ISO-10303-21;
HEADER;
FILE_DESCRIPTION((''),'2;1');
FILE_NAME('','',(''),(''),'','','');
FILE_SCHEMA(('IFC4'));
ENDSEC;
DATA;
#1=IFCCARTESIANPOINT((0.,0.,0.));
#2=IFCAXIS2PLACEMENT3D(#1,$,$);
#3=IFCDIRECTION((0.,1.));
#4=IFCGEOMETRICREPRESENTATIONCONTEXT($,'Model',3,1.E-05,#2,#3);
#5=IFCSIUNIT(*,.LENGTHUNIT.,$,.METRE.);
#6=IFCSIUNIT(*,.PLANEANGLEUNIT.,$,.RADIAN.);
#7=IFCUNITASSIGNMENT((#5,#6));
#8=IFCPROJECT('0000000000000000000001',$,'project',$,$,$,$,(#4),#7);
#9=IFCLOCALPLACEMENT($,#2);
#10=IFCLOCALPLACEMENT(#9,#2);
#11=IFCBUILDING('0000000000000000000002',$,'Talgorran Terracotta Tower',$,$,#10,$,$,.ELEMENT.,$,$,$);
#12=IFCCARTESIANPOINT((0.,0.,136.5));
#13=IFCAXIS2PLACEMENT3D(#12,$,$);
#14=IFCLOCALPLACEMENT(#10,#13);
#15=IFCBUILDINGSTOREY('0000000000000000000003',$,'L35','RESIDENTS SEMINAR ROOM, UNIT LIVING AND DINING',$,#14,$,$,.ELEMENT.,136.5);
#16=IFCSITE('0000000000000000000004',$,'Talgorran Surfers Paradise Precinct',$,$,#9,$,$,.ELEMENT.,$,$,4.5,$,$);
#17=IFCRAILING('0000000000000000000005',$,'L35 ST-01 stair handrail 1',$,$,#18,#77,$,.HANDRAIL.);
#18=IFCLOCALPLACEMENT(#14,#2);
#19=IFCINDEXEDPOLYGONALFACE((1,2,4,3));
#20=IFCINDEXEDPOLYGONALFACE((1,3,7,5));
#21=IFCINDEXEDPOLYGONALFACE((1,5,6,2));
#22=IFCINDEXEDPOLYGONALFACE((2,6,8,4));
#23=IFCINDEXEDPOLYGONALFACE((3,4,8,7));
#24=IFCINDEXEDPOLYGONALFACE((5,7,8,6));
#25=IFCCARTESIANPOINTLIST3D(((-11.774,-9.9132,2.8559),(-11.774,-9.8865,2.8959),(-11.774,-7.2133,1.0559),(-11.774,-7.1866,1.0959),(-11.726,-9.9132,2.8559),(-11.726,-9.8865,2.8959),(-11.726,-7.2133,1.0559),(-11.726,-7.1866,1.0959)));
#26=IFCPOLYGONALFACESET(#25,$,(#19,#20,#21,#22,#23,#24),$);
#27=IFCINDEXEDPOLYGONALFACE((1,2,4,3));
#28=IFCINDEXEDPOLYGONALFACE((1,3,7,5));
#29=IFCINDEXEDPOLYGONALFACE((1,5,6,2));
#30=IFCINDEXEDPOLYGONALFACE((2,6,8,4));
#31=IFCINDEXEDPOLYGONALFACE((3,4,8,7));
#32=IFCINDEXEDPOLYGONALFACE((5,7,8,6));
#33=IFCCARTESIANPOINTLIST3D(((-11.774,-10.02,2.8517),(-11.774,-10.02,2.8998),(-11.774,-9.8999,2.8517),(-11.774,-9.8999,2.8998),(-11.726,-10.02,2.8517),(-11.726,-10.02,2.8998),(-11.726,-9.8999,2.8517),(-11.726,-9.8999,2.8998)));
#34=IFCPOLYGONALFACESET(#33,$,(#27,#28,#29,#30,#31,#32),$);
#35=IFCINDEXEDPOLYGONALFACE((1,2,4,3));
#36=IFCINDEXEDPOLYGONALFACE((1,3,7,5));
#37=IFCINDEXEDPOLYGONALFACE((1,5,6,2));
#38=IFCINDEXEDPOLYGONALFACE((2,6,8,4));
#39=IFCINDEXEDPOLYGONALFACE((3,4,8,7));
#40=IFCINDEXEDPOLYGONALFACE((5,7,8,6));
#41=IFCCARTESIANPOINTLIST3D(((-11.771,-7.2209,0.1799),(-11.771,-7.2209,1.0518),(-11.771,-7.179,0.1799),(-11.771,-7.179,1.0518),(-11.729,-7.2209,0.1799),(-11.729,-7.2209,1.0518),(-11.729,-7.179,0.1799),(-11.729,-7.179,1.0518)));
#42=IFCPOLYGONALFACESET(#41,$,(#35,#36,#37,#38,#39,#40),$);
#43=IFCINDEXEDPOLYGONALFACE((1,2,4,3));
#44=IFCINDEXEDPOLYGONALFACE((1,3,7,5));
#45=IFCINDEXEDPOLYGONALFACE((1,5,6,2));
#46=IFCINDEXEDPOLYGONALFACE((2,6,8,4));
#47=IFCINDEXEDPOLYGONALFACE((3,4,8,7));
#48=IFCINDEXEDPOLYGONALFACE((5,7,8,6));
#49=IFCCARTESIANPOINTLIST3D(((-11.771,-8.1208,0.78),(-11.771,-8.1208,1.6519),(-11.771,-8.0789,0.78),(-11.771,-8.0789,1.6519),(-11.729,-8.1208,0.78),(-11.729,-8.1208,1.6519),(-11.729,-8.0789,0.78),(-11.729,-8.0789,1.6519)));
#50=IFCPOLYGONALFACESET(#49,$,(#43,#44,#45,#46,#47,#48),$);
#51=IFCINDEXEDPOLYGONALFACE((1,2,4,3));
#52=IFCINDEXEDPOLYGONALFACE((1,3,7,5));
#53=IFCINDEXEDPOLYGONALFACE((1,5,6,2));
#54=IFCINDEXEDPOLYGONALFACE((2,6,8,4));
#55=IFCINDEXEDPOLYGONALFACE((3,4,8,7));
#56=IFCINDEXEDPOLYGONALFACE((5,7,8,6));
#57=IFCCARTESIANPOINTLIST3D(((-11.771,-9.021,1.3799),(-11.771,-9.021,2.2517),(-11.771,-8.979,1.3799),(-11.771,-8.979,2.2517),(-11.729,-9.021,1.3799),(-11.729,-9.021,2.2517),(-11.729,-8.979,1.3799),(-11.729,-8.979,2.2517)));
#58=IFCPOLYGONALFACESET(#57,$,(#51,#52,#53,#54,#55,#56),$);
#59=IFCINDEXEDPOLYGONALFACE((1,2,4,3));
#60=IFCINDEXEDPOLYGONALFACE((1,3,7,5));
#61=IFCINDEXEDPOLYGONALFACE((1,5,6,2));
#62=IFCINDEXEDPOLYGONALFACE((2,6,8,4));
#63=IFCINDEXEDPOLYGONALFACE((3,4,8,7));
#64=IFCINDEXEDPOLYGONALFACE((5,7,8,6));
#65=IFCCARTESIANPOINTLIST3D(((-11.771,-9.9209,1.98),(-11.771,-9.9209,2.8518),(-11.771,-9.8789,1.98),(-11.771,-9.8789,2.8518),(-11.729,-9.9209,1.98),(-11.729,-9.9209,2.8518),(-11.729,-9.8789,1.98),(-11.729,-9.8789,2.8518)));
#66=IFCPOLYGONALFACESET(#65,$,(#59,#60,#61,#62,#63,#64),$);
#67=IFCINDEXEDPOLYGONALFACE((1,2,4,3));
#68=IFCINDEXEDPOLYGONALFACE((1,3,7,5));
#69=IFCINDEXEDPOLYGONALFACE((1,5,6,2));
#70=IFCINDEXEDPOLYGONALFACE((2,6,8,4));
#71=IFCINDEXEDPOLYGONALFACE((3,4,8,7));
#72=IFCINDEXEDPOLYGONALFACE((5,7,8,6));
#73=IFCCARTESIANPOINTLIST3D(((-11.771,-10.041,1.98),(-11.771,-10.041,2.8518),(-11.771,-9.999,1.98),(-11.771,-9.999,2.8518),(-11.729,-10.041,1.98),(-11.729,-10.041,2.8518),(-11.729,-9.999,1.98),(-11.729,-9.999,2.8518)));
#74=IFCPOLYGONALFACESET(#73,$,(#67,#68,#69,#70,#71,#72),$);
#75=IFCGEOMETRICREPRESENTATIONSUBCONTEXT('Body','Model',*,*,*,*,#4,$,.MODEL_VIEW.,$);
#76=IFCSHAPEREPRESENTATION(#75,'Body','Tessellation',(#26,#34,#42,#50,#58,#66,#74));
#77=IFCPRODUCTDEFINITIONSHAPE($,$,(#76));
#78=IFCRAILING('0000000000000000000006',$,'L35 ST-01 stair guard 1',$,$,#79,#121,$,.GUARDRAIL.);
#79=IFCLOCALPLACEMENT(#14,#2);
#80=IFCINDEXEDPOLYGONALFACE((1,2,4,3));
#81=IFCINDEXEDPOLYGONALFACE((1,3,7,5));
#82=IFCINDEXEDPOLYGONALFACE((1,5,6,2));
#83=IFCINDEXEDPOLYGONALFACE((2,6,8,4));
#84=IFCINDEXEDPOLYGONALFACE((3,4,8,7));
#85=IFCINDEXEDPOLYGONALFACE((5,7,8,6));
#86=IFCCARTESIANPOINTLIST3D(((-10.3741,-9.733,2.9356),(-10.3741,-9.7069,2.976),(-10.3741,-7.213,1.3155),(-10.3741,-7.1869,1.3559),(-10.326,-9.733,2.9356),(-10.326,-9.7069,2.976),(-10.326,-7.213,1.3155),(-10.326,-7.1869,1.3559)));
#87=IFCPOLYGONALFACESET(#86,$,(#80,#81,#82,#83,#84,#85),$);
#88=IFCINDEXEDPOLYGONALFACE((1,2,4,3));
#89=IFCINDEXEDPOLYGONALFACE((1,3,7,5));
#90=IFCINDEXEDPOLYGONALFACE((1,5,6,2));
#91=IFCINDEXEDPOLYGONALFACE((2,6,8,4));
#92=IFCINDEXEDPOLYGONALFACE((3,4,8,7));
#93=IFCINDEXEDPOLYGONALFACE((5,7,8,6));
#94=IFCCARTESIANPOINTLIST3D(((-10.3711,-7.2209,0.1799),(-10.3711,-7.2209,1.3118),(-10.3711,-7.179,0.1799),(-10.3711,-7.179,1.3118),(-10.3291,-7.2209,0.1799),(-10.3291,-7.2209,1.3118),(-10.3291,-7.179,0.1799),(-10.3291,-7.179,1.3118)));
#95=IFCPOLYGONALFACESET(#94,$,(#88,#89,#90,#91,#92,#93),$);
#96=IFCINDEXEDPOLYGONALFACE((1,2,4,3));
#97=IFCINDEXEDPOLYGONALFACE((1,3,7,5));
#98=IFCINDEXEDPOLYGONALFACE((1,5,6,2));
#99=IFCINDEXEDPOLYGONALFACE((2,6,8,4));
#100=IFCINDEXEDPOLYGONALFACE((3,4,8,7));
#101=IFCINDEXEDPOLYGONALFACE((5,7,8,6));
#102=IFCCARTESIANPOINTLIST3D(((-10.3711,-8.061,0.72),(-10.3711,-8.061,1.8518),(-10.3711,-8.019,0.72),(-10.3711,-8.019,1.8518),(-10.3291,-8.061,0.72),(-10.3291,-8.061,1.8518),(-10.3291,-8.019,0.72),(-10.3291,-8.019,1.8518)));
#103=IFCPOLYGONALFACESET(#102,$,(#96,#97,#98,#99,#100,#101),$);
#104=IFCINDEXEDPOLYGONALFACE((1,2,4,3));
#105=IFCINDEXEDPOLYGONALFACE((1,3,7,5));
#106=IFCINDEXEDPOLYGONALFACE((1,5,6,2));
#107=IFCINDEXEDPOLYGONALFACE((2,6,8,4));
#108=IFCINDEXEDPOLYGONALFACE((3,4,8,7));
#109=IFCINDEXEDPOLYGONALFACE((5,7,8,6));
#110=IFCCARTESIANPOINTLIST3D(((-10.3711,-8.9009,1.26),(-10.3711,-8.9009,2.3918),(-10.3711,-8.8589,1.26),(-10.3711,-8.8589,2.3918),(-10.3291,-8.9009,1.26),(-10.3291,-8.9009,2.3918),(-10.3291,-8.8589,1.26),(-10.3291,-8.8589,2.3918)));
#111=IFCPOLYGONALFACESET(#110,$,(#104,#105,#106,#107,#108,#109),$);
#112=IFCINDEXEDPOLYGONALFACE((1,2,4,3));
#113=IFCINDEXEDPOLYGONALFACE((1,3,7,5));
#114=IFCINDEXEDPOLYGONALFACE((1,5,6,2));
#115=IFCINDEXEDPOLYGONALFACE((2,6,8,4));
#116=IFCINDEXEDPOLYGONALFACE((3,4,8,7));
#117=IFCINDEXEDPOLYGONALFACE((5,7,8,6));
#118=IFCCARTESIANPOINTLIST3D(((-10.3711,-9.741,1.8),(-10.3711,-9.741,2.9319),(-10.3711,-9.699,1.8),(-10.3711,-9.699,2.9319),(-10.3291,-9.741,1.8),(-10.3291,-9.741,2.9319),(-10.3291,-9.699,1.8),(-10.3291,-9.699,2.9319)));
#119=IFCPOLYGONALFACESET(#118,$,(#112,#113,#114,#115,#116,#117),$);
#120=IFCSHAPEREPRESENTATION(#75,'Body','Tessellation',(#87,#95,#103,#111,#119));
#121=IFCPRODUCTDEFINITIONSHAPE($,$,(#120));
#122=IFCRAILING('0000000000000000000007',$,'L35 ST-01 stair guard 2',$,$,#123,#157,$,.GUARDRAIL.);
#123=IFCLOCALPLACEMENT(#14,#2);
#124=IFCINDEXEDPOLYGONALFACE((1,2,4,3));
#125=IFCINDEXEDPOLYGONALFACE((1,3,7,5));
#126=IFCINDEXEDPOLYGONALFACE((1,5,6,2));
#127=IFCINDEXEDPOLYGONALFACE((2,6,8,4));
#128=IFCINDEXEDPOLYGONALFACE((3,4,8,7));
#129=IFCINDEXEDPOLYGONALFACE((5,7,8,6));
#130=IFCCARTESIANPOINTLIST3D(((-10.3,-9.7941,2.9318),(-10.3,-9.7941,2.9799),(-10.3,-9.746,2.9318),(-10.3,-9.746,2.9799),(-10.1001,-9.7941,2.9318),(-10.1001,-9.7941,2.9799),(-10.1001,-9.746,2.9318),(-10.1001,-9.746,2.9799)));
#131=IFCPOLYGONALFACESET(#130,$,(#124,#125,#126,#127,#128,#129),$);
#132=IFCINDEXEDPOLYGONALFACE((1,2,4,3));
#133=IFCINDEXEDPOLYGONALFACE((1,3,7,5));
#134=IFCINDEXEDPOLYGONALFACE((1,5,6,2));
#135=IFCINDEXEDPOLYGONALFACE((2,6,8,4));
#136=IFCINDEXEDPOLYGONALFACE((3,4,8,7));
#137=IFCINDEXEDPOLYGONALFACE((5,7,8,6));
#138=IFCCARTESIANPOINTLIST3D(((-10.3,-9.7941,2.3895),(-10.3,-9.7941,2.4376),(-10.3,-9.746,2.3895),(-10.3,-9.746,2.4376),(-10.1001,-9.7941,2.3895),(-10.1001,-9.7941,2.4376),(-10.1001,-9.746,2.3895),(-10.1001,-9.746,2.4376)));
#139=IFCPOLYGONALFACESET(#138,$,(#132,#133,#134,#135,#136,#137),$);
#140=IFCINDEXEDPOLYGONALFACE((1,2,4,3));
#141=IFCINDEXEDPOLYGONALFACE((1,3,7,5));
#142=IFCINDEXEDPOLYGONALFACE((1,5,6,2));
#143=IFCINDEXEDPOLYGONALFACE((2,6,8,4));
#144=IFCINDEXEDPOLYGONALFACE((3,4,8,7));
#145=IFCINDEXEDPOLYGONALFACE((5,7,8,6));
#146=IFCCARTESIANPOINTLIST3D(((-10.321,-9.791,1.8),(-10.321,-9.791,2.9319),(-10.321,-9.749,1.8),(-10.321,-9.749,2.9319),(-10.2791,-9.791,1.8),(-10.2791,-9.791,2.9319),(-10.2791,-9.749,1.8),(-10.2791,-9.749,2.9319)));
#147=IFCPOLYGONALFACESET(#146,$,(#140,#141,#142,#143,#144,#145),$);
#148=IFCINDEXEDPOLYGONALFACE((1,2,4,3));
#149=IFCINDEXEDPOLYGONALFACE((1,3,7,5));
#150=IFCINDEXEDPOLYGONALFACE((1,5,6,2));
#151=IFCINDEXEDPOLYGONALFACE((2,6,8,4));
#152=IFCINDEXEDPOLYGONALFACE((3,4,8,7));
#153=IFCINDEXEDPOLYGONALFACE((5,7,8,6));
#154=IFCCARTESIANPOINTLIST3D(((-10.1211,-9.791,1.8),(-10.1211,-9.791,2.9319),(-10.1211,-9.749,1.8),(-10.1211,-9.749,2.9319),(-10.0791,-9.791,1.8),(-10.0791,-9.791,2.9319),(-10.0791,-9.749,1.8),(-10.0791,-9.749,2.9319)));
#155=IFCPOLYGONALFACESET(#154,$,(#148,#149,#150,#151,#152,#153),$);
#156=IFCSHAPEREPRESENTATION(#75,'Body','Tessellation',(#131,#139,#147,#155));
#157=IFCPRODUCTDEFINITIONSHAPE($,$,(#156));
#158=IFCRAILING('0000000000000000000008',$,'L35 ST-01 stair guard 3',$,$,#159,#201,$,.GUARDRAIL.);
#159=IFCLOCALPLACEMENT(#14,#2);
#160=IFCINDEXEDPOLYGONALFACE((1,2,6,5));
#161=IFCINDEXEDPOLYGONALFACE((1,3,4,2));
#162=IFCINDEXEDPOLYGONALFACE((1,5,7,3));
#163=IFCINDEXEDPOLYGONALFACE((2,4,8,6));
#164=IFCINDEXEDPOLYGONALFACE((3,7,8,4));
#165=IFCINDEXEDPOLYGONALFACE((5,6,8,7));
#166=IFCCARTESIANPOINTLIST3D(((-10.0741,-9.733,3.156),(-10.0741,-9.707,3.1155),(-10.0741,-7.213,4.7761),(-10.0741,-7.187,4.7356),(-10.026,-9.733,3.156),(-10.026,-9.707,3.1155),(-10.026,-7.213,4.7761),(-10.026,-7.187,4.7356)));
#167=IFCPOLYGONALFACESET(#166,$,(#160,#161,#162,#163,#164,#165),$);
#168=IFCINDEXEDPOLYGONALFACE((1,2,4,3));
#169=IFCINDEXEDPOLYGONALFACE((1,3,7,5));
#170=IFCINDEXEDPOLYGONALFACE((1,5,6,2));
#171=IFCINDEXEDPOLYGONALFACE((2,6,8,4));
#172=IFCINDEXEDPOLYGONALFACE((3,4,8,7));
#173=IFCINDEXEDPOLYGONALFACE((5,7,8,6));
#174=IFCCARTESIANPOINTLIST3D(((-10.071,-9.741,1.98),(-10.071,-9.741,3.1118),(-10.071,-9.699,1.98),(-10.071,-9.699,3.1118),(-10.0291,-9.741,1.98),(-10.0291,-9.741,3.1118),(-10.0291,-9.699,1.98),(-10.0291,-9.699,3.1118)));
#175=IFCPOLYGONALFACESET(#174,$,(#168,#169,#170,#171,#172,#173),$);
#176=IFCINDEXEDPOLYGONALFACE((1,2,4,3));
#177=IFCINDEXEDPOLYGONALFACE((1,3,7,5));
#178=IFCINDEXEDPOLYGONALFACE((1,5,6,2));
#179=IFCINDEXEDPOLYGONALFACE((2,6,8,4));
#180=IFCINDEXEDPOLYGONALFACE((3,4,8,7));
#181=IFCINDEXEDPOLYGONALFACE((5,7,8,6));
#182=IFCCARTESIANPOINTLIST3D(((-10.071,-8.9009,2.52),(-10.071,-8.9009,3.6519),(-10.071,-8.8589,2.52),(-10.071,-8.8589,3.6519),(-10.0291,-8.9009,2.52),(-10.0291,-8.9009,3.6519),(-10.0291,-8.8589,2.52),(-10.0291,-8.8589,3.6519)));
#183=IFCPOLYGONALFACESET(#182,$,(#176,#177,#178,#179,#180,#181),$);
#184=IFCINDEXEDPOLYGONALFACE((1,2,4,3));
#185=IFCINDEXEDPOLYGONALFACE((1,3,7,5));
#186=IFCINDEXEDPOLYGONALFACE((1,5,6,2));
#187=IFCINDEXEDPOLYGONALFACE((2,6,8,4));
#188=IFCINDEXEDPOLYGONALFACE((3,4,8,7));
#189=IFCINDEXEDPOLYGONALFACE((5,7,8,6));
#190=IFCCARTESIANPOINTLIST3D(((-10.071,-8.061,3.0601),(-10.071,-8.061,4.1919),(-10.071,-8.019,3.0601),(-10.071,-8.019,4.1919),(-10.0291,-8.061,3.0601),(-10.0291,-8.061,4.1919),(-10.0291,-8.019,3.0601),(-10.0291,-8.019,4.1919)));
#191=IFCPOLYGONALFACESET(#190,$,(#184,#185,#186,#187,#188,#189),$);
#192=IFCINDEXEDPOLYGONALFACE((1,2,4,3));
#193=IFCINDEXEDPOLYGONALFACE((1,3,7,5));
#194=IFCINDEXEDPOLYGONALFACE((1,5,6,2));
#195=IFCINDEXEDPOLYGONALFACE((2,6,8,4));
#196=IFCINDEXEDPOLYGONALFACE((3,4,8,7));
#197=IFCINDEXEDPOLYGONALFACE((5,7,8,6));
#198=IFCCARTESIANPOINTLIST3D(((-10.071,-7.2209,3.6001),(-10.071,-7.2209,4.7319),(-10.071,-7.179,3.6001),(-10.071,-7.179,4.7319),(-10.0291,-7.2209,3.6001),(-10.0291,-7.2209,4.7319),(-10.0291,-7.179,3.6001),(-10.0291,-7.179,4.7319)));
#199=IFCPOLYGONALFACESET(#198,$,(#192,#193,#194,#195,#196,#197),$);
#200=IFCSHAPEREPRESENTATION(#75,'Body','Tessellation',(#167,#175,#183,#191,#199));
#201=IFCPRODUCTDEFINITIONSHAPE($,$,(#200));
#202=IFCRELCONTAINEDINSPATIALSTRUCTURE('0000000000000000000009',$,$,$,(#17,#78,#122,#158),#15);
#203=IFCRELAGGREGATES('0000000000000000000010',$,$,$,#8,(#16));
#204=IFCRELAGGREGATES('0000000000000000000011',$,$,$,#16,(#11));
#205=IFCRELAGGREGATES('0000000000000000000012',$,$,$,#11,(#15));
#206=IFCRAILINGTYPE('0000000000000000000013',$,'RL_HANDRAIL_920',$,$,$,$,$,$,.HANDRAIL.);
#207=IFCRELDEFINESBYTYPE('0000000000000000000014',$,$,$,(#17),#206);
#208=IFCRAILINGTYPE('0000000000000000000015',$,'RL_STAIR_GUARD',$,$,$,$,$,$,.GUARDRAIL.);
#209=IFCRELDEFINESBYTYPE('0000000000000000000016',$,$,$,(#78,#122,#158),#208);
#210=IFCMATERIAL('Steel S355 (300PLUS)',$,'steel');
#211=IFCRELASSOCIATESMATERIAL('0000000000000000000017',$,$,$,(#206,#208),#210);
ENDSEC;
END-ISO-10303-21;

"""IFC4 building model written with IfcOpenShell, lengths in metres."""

from ifc_helpers import new_model, si_unit, direction, frame, origin, origin_2d, place, context, subcontext, project, spatial, rectangle, extrude, material, type_object, element, save


model = new_model("IFC4")

# Units and contexts
model_context = context("Model", 3, precision=1e-05, world=origin(), true_north=direction((0.0, 1.0)))
body_context = subcontext(model_context, "Body", "Model", "MODEL_VIEW")
ifc_project = project(units=[si_unit("LENGTHUNIT", "METRE"), si_unit("PLANEANGLEUNIT", "RADIAN")], contexts=[model_context])

# Site, building, storey
site_placement = place(None, origin())
site = spatial("IfcSite", under=ifc_project, at=site_placement, Name="Talgorran Surfers Paradise Precinct", CompositionType="ELEMENT", RefElevation=4.5)
building_placement = place(site_placement, origin())
building = spatial("IfcBuilding", under=site, at=building_placement, Name="Talgorran Terracotta Tower", CompositionType="ELEMENT")
storey_placement = place(building_placement, frame((0.0, 0.0, 136.5)))
storey = spatial("IfcBuildingStorey", under=building, at=storey_placement, Name="L35", Description="RESIDENTS SEMINAR ROOM, UNIT LIVING AND DINING", CompositionType="ELEMENT", Elevation=136.5)

# Shared definitions
ifc_material_1 = material(Name="Steel S355 (300PLUS)", Category="steel")

# Railings
railing_type_1 = type_object("IfcRailingType", Name="RL_HANDRAIL_920", PredefinedType="HANDRAIL", material=ifc_material_1)
railing_1_placement = place(storey_placement, frame((-11.75, -7.2, 0.1799)))
element("IfcRailing", 1, at=railing_1_placement, inside=storey, type_object=railing_type_1, Name="L35 ST-01 stair handrail 1", PredefinedType="HANDRAIL", context=body_context, shape_type="SweptSolid", body=[
    extrude(rectangle(XDim=0.0481, YDim=0.0481, at=origin_2d()), frame((0.0, 0.0, 0.896), z_axis=(0.0, -0.832039, 0.554718), x_axis=(1.0, 0.0, 0.0)), (0.0, 0.0, 1.0), 3.2449),
    extrude(rectangle(XDim=0.0481, YDim=0.0481, at=origin_2d()), frame((0.0, -2.7, 2.6958), z_axis=(0.0, -1.0, 0.0), x_axis=(1.0, 0.0, 0.0)), (0.0, 0.0, 1.0), 0.1201),
    extrude(rectangle(XDim=0.042, YDim=0.042, at=origin_2d()), origin(), (0.0, 0.0, 1.0), 0.8718),
    extrude(rectangle(XDim=0.042, YDim=0.042, at=origin_2d()), frame((0.0, -0.8999, 0.6001)), (0.0, 0.0, 1.0), 0.8718),
    extrude(rectangle(XDim=0.042, YDim=0.042, at=origin_2d()), frame((0.0, -1.8, 1.2)), (0.0, 0.0, 1.0), 0.8718),
    extrude(rectangle(XDim=0.042, YDim=0.042, at=origin_2d()), frame((0.0, -2.7, 1.8)), (0.0, 0.0, 1.0), 0.8718),
    extrude(rectangle(XDim=0.042, YDim=0.042, at=origin_2d()), frame((0.0, -2.8201, 1.8)), (0.0, 0.0, 1.0), 0.8718),
])
railing_type_2 = type_object("IfcRailingType", Name="RL_STAIR_GUARD", PredefinedType="GUARDRAIL", material=ifc_material_1)
railing_2_placement = place(storey_placement, frame((-10.3501, -7.2, 0.1799)))
element("IfcRailing", 2, at=railing_2_placement, inside=storey, type_object=railing_type_2, Name="L35 ST-01 stair guard 1", PredefinedType="GUARDRAIL", context=body_context, shape_type="SweptSolid", body=[
    extrude(rectangle(XDim=0.0481, YDim=0.0481, at=origin_2d()), frame((0.0, 0.0, 1.1558), z_axis=(0.0, -0.841163, 0.540782), x_axis=(1.0, 0.0, 0.0)), (0.0, 0.0, 1.0), 2.9958),
    extrude(rectangle(XDim=0.042, YDim=0.042, at=origin_2d()), origin(), (0.0, 0.0, 1.0), 1.1318),
    extrude(rectangle(XDim=0.042, YDim=0.042, at=origin_2d()), frame((0.0, -0.8401, 0.54)), (0.0, 0.0, 1.0), 1.1318),
    extrude(rectangle(XDim=0.042, YDim=0.042, at=origin_2d()), frame((0.0, -1.6799, 1.0801)), (0.0, 0.0, 1.0), 1.1318),
    extrude(rectangle(XDim=0.042, YDim=0.042, at=origin_2d()), frame((0.0, -2.52, 1.6201)), (0.0, 0.0, 1.0), 1.1318),
])
railing_3_placement = place(storey_placement, frame((-10.3, -9.77, 1.8)))
element("IfcRailing", 3, at=railing_3_placement, inside=storey, type_object=railing_type_2, Name="L35 ST-01 stair guard 2", PredefinedType="GUARDRAIL", context=body_context, shape_type="SweptSolid", body=[
    extrude(rectangle(XDim=0.0481, YDim=0.0481, at=origin_2d()), frame((0.0, 0.0, 1.1558), z_axis=(1.0, 0.0, 0.0), x_axis=(0.0, 1.0, 0.0)), (0.0, 0.0, 1.0), 0.2),
    extrude(rectangle(XDim=0.0481, YDim=0.0481, at=origin_2d()), frame((0.0, 0.0, 0.6135), z_axis=(1.0, 0.0, 0.0), x_axis=(0.0, 1.0, 0.0)), (0.0, 0.0, 1.0), 0.2),
    extrude(rectangle(XDim=0.042, YDim=0.042, at=origin_2d()), origin(), (0.0, 0.0, 1.0), 1.1318),
    extrude(rectangle(XDim=0.042, YDim=0.042, at=origin_2d()), frame((0.2, 0.0, 0.0)), (0.0, 0.0, 1.0), 1.1318),
])
railing_4_placement = place(storey_placement, frame((-10.05, -9.72, 1.98)))
element("IfcRailing", 4, at=railing_4_placement, inside=storey, type_object=railing_type_2, Name="L35 ST-01 stair guard 3", PredefinedType="GUARDRAIL", context=body_context, shape_type="SweptSolid", body=[
    extrude(rectangle(XDim=0.0481, YDim=0.0481, at=origin_2d()), frame((0.0, 0.0, 1.1558), z_axis=(0.0, 0.841163, 0.540782), x_axis=(-1.0, 0.0, 0.0)), (0.0, 0.0, 1.0), 2.9958),
    extrude(rectangle(XDim=0.042, YDim=0.042, at=origin_2d()), origin(), (0.0, 0.0, 1.0), 1.1318),
    extrude(rectangle(XDim=0.042, YDim=0.042, at=origin_2d()), frame((0.0, 0.8401, 0.54)), (0.0, 0.0, 1.0), 1.1318),
    extrude(rectangle(XDim=0.042, YDim=0.042, at=origin_2d()), frame((0.0, 1.6799, 1.0801)), (0.0, 0.0, 1.0), 1.1318),
    extrude(rectangle(XDim=0.042, YDim=0.042, at=origin_2d()), frame((0.0, 2.52, 1.6201)), (0.0, 0.0, 1.0), 1.1318),
])

save(model, "model.ifc")
